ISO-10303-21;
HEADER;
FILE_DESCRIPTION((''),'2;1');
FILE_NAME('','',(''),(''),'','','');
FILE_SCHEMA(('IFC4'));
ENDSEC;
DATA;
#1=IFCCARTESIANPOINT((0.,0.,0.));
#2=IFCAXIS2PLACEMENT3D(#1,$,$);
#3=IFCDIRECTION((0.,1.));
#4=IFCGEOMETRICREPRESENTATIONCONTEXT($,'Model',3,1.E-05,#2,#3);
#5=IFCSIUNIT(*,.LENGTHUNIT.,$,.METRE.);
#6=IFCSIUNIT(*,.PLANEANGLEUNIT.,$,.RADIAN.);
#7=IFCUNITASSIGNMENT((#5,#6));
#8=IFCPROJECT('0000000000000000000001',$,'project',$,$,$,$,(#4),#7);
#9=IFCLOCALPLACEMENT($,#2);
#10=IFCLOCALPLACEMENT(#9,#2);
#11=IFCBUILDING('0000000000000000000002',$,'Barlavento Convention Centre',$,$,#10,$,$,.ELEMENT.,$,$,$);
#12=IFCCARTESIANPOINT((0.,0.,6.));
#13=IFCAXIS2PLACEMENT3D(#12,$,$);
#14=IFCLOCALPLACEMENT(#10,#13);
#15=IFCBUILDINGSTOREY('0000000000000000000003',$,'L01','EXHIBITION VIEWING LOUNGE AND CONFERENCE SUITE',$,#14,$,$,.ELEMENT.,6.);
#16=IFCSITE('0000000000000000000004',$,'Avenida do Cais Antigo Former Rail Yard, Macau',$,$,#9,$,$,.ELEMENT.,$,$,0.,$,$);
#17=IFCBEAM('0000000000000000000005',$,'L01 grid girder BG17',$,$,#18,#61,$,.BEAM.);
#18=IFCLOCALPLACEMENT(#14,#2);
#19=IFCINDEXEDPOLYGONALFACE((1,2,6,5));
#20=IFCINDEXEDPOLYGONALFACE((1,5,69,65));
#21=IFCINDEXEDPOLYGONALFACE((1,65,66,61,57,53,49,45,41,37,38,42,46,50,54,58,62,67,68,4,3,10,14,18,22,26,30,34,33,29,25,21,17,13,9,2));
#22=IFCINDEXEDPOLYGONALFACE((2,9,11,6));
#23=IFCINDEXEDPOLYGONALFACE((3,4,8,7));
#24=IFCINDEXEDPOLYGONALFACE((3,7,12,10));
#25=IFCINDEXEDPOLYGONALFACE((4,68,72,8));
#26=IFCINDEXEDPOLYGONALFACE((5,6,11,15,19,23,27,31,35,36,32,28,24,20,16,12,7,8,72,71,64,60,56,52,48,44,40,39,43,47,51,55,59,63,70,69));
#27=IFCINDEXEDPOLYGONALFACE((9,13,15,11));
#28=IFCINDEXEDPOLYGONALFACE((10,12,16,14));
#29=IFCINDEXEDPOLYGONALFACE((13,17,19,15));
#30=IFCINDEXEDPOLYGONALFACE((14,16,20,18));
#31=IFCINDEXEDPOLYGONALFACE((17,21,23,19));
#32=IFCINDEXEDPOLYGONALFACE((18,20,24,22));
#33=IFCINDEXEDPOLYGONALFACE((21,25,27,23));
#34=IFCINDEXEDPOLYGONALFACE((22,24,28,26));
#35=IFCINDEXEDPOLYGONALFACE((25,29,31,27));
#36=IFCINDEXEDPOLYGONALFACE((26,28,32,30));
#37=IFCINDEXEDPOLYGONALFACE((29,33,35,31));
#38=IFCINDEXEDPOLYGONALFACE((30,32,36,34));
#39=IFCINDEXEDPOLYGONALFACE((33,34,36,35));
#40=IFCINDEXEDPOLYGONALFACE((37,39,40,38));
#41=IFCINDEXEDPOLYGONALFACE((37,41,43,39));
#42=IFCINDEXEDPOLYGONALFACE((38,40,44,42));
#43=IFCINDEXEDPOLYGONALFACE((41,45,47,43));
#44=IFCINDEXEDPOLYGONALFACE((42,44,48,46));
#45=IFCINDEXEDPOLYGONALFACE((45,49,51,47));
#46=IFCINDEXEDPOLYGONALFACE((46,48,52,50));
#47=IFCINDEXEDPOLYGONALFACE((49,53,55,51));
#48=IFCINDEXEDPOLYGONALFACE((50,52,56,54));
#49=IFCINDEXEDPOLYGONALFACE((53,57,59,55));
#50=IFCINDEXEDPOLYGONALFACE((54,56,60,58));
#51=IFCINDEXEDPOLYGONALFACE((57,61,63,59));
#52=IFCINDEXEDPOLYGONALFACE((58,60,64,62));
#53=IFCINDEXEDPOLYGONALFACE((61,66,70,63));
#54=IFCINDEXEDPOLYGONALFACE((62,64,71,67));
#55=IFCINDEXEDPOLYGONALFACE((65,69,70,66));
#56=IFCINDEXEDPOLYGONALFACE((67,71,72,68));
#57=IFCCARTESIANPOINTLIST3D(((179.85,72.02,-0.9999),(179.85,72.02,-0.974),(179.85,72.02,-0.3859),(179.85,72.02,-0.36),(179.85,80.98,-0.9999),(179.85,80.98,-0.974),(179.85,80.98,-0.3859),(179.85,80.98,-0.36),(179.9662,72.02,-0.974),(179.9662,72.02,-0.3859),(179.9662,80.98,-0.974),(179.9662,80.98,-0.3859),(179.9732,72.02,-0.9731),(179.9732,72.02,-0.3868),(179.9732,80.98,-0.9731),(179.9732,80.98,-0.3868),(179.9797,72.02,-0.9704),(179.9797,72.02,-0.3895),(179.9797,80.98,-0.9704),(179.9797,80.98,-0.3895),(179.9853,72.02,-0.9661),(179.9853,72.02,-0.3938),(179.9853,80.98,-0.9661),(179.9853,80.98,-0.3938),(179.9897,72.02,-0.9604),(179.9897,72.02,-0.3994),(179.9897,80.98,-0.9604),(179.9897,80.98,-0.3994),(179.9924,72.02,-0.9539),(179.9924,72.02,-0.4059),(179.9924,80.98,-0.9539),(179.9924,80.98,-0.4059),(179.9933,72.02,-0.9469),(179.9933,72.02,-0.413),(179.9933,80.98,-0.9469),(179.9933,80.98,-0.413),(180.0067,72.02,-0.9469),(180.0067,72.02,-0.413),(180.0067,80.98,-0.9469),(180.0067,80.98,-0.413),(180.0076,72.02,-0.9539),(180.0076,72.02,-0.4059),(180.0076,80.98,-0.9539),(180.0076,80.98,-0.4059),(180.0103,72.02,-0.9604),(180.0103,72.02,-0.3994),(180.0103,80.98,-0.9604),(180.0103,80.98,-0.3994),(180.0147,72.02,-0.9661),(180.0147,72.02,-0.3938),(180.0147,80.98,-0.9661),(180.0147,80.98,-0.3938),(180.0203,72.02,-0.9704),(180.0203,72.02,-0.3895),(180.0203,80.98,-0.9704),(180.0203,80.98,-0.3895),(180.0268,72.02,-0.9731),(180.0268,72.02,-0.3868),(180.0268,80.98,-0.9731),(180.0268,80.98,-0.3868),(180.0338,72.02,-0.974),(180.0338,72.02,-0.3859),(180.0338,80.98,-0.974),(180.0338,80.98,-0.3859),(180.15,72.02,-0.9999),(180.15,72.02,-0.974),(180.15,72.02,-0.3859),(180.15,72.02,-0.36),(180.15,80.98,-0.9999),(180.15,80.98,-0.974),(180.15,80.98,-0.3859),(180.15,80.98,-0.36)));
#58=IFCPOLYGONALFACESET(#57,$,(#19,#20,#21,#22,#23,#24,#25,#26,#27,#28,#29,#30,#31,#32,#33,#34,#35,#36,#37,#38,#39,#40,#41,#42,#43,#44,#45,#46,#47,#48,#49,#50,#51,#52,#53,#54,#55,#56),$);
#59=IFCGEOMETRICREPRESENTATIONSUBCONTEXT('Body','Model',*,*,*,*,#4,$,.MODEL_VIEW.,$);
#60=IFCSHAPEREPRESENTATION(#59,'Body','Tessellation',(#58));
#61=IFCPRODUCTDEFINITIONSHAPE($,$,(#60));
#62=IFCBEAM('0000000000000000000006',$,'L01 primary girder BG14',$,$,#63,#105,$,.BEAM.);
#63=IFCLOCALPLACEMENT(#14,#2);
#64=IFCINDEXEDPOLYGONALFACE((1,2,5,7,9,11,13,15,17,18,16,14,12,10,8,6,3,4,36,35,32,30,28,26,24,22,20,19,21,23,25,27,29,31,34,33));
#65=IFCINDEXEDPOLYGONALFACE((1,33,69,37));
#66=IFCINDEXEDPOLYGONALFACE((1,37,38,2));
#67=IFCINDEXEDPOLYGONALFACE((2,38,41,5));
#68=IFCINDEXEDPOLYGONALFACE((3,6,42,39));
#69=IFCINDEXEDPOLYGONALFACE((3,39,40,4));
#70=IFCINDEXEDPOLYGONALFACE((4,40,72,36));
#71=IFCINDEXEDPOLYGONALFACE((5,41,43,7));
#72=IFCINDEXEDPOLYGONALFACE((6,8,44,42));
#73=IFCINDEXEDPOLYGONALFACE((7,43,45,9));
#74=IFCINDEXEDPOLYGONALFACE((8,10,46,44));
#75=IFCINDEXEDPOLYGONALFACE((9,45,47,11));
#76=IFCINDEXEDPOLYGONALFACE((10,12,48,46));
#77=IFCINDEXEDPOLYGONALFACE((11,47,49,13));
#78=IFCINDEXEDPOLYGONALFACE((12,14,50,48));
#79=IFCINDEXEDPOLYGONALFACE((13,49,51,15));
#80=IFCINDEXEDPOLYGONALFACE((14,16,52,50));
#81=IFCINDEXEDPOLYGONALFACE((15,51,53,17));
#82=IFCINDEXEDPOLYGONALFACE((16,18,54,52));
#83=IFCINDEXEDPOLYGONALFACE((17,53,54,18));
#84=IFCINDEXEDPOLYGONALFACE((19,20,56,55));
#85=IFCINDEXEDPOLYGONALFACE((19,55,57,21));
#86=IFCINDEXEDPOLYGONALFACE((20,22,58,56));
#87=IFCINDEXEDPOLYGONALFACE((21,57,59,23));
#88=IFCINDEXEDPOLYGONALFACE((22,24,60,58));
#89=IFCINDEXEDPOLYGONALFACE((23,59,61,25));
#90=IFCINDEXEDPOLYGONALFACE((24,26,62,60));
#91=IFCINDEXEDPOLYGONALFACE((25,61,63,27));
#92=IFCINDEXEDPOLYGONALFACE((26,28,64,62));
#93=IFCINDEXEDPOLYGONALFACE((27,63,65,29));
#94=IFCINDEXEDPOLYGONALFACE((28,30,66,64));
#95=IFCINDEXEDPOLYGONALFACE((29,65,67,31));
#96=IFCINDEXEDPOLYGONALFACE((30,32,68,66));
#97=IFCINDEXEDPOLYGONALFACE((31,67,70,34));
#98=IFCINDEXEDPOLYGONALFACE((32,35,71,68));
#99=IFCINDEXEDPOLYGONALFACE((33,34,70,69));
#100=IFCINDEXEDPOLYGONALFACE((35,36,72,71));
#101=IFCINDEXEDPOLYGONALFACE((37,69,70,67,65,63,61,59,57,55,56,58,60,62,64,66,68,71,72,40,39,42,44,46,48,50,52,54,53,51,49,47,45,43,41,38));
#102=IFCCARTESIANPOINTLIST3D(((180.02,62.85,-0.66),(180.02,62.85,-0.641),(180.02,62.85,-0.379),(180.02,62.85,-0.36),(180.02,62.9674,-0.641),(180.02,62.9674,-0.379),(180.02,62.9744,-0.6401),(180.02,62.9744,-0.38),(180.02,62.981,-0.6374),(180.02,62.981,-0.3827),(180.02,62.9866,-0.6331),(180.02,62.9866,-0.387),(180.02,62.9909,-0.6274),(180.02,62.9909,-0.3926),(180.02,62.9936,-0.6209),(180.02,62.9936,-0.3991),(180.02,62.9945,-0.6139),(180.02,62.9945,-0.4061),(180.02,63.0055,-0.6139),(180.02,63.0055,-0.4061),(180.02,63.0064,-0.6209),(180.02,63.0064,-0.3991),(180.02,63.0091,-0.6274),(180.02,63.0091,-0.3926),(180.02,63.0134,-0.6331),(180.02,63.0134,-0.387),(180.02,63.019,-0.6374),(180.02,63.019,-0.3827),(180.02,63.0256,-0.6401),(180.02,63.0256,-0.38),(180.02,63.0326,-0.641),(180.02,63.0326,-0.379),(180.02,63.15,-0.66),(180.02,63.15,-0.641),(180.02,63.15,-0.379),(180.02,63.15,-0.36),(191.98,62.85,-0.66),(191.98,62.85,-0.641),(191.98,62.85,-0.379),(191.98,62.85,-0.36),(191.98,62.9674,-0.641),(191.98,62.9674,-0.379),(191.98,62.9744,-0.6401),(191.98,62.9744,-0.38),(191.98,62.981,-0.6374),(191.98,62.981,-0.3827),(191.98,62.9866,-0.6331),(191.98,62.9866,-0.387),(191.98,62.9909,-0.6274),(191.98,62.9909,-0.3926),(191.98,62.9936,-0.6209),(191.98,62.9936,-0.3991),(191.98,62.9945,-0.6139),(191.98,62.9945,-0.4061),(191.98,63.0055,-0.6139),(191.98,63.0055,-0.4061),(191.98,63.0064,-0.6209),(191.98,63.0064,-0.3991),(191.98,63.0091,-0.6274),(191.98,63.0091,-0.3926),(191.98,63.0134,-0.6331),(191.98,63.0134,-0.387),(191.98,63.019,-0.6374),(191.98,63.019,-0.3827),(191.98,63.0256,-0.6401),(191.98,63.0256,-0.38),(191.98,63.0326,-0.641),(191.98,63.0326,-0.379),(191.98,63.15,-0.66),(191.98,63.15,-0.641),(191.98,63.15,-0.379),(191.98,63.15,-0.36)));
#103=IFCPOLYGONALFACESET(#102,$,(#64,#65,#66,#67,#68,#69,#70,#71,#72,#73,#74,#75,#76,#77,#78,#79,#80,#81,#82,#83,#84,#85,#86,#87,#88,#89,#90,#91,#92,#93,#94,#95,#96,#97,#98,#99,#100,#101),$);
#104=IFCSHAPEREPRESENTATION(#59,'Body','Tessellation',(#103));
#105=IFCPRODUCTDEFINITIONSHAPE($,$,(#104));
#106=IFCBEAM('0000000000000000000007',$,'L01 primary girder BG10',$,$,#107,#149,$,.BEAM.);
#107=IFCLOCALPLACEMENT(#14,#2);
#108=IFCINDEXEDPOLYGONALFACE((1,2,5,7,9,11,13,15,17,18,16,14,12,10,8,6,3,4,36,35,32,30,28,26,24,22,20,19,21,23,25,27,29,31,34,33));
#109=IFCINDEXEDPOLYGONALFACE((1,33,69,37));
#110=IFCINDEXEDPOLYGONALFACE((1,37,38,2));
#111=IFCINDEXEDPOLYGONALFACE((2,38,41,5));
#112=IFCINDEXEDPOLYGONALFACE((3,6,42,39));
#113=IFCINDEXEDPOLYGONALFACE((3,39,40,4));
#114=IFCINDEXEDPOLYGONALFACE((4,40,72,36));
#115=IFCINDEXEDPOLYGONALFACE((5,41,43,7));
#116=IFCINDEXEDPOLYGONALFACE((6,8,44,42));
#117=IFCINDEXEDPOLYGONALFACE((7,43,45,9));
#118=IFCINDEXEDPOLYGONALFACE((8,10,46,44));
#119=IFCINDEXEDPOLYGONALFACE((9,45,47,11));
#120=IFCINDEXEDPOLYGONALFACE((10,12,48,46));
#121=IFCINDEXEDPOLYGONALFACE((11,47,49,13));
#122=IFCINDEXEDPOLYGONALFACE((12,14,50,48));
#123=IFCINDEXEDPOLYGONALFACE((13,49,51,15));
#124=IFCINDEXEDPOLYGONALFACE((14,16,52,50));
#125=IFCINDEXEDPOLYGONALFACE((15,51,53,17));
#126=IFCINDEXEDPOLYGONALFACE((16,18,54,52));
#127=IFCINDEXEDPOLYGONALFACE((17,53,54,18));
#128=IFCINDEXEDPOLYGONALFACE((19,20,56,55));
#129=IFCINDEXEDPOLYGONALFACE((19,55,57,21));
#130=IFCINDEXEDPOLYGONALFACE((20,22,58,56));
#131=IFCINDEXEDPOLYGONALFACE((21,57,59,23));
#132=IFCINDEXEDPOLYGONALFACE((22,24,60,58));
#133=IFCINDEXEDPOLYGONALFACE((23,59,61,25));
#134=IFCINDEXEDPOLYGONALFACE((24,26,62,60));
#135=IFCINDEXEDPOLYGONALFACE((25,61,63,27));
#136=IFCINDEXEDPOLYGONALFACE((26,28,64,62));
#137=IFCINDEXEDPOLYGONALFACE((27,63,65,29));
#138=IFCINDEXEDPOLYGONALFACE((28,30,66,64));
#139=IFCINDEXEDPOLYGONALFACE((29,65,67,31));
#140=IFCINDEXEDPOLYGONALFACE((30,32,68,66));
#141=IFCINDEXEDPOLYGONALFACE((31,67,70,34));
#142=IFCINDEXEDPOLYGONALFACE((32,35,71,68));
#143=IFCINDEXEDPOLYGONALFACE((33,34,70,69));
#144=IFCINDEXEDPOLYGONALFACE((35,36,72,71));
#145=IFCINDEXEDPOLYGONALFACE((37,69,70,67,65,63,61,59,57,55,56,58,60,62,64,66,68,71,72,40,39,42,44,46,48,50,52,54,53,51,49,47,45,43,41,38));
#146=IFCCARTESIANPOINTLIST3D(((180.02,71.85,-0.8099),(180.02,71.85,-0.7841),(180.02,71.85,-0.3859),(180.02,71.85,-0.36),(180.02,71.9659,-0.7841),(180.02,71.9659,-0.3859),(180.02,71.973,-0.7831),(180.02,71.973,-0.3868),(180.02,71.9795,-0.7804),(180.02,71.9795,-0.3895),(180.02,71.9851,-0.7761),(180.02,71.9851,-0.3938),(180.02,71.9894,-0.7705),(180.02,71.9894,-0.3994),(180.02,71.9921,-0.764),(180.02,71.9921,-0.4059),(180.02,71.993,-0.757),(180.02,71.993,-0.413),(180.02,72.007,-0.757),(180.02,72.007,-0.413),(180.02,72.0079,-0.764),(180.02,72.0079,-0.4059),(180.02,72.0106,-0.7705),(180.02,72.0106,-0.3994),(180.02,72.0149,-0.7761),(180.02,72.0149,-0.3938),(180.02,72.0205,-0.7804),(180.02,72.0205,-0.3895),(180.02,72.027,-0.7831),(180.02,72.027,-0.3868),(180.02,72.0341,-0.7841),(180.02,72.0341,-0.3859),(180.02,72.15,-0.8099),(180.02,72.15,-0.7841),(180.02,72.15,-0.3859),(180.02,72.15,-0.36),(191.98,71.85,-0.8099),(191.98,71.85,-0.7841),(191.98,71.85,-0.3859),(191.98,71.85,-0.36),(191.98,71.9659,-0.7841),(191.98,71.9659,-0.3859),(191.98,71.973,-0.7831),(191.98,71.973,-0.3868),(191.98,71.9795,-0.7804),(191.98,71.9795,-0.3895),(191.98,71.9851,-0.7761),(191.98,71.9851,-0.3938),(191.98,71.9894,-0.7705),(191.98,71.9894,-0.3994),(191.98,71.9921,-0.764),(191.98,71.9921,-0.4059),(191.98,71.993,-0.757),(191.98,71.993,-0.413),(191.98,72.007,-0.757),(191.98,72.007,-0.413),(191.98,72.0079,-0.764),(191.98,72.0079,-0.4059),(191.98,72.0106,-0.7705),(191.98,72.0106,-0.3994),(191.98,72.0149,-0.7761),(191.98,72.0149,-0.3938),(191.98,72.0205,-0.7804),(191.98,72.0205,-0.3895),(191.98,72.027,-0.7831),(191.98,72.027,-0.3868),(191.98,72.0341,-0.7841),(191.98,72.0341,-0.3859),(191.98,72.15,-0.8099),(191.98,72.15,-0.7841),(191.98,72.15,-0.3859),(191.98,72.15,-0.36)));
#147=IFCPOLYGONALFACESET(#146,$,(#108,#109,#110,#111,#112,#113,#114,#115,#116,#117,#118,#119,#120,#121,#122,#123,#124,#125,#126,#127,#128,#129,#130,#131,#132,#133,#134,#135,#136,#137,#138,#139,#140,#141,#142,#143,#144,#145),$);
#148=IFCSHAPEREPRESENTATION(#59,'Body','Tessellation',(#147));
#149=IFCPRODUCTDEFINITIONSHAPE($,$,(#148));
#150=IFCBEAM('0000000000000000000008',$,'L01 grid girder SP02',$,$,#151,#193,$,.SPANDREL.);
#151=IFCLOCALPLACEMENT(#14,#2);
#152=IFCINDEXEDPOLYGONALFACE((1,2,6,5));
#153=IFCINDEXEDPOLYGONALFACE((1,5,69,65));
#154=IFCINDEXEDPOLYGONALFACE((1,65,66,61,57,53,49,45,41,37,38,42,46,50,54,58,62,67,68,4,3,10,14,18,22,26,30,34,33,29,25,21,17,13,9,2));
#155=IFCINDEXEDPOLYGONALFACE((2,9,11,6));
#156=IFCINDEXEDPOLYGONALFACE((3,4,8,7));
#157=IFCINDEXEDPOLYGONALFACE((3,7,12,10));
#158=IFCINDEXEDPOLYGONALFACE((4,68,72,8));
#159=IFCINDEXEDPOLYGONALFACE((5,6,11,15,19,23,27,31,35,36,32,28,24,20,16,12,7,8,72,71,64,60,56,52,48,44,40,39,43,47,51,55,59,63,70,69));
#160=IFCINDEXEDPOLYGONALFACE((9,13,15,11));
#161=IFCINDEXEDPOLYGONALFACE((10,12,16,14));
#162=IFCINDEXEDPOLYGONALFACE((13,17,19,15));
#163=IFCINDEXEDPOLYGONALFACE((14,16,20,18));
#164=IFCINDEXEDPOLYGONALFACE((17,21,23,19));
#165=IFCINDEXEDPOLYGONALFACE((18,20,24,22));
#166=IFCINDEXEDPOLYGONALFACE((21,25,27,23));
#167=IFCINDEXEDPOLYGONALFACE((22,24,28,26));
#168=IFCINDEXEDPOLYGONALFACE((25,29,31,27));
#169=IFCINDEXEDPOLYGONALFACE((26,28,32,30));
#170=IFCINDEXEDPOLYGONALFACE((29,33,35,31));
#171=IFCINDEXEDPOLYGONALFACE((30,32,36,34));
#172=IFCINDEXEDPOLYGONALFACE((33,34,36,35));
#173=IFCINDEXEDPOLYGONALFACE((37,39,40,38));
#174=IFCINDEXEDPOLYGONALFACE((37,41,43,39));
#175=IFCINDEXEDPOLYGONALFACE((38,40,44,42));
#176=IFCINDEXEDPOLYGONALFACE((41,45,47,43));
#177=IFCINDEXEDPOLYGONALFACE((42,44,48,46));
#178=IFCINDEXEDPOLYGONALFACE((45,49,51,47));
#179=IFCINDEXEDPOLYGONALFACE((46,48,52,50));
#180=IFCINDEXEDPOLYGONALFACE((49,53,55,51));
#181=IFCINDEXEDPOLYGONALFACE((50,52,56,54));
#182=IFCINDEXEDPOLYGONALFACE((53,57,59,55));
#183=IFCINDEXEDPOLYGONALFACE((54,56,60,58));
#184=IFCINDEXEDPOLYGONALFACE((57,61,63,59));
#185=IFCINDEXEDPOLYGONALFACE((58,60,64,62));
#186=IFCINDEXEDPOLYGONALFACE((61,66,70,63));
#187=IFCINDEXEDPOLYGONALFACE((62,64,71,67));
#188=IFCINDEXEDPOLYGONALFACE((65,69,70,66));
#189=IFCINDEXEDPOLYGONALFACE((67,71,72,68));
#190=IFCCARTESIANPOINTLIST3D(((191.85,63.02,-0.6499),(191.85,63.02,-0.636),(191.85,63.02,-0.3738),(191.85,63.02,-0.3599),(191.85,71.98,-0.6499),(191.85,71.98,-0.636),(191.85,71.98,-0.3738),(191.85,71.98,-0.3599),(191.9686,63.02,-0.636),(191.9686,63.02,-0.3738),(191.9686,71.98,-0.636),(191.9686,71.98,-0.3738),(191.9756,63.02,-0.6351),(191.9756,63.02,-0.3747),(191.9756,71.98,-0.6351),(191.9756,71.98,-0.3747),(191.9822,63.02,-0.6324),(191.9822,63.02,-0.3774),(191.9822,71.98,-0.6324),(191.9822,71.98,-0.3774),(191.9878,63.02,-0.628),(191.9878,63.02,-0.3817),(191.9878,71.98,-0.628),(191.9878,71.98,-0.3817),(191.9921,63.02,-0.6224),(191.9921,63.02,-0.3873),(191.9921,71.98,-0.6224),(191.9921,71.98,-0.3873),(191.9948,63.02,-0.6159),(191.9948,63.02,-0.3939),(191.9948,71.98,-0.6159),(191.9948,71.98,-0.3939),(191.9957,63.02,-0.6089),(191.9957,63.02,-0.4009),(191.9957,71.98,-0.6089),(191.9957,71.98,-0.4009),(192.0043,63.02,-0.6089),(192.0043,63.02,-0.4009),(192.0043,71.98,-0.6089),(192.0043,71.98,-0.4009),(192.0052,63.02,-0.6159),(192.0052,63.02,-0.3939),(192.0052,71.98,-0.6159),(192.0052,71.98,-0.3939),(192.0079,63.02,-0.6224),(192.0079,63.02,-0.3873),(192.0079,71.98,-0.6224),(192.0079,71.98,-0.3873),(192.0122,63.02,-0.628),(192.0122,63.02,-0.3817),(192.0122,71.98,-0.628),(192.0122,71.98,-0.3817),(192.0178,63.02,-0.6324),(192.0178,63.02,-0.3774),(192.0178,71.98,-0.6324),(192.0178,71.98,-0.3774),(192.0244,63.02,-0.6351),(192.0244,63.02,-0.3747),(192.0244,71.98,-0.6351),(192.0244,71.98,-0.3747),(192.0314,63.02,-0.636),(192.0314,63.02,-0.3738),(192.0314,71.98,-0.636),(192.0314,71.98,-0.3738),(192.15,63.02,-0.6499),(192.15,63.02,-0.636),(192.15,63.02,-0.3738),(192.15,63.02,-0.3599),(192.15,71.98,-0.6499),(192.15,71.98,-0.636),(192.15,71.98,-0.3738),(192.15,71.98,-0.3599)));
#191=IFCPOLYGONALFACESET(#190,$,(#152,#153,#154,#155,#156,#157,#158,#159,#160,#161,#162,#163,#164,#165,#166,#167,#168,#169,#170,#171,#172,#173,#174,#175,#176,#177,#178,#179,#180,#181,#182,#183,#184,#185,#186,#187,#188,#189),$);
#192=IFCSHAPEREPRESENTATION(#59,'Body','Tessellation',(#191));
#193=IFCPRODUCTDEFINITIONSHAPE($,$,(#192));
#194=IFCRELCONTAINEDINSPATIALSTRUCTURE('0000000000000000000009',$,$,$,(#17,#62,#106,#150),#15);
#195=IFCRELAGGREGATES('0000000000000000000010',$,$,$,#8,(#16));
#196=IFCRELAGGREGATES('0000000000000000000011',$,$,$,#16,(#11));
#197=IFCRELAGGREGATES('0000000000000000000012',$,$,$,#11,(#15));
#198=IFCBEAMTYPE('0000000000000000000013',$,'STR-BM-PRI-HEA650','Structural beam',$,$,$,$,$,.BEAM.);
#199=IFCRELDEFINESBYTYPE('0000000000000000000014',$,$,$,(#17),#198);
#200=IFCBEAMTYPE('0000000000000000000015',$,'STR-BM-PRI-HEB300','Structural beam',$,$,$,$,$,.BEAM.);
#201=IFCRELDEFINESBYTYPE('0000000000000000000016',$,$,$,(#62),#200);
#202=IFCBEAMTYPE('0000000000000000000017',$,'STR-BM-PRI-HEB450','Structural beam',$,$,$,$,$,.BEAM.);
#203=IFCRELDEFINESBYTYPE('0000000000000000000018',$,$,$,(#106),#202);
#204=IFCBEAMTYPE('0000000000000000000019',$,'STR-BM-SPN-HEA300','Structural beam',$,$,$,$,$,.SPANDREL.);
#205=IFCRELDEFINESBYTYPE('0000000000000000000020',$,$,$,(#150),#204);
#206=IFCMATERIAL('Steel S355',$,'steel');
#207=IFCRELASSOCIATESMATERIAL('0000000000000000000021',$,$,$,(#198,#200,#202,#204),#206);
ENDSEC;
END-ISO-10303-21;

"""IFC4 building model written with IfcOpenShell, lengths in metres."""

from ifc_helpers import new_model, si_unit, direction, frame, origin, origin_2d, place, context, subcontext, project, spatial, i_section, extrude, material, material_profile, profile_set, type_object, element, save


model = new_model("IFC4")

# Units and contexts
model_context = context("Model", 3, precision=1e-05, world=origin(), true_north=direction((0.0, 1.0)))
body_context = subcontext(model_context, "Body", "Model", "MODEL_VIEW")
ifc_project = project(units=[si_unit("LENGTHUNIT", "METRE"), si_unit("PLANEANGLEUNIT", "RADIAN")], contexts=[model_context])

# Site, building, storey
site_placement = place(None, origin())
site = spatial("IfcSite", under=ifc_project, at=site_placement, Name="Avenida do Cais Antigo Former Rail Yard, Macau", CompositionType="ELEMENT", RefElevation=0.0)
building_placement = place(site_placement, origin())
building = spatial("IfcBuilding", under=site, at=building_placement, Name="Barlavento Convention Centre", CompositionType="ELEMENT")
storey_placement = place(building_placement, frame((0.0, 0.0, 6.0)))
storey = spatial("IfcBuildingStorey", under=building, at=storey_placement, Name="L01", Description="EXHIBITION VIEWING LOUNGE AND CONFERENCE SUITE", CompositionType="ELEMENT", Elevation=6.0)

# Shared definitions
ifc_material_1 = material(Name="Steel S355", Category="steel")

# Beams
ifc_material_profile_1 = material_profile(ifc_material_1, i_section(OverallWidth=0.3, OverallDepth=0.6399, WebThickness=0.0134, FlangeThickness=0.0259, FilletRadius=0.0271, at=origin_2d()), Name="HEA 650")
ifc_profile_set_1 = profile_set([ifc_material_profile_1], Name="Steel S355")
beam_type_1 = type_object("IfcBeamType", Name="STR-BM-PRI-HEA650", Description="Structural beam", PredefinedType="BEAM", material=ifc_profile_set_1)
beam_1_placement = place(storey_placement, frame((180.0, 72.02, -0.6799), z_axis=(0.0, 1.0, 0.0), x_axis=(-1.0, 0.0, 0.0)))
element("IfcBeam", 1, at=beam_1_placement, inside=storey, type_object=beam_type_1, Name="L01 grid girder BG17", PredefinedType="BEAM", context=body_context, shape_type="SweptSolid", body=[
    extrude(i_section(OverallWidth=0.3, OverallDepth=0.6399, WebThickness=0.0134, FlangeThickness=0.0259, FilletRadius=0.0271, at=origin_2d()), origin(), (0.0, 0.0, 1.0), 8.96),
])
ifc_material_profile_2 = material_profile(ifc_material_1, i_section(OverallWidth=0.3, OverallDepth=0.3, WebThickness=0.011, FlangeThickness=0.019, FilletRadius=0.0271, at=origin_2d()), Name="HEB 300")
ifc_profile_set_2 = profile_set([ifc_material_profile_2], Name="Steel S355")
beam_type_2 = type_object("IfcBeamType", Name="STR-BM-PRI-HEB300", Description="Structural beam", PredefinedType="BEAM", material=ifc_profile_set_2)
beam_2_placement = place(storey_placement, frame((180.02, 63.0, -0.51), z_axis=(1.0, 0.0, 0.0), x_axis=(0.0, 1.0, 0.0)))
element("IfcBeam", 2, at=beam_2_placement, inside=storey, type_object=beam_type_2, Name="L01 primary girder BG14", PredefinedType="BEAM", context=body_context, shape_type="SweptSolid", body=[
    extrude(i_section(OverallWidth=0.3, OverallDepth=0.3, WebThickness=0.011, FlangeThickness=0.019, FilletRadius=0.0271, at=origin_2d()), origin(), (0.0, 0.0, 1.0), 11.96),
])
ifc_material_profile_3 = material_profile(ifc_material_1, i_section(OverallWidth=0.3, OverallDepth=0.45, WebThickness=0.0139, FlangeThickness=0.0259, FilletRadius=0.0271, at=origin_2d()), Name="HEB 450")
ifc_profile_set_3 = profile_set([ifc_material_profile_3], Name="Steel S355")
beam_type_3 = type_object("IfcBeamType", Name="STR-BM-PRI-HEB450", Description="Structural beam", PredefinedType="BEAM", material=ifc_profile_set_3)
beam_3_placement = place(storey_placement, frame((180.02, 72.0, -0.585), z_axis=(1.0, 0.0, 0.0), x_axis=(0.0, 1.0, 0.0)))
element("IfcBeam", 3, at=beam_3_placement, inside=storey, type_object=beam_type_3, Name="L01 primary girder BG10", PredefinedType="BEAM", context=body_context, shape_type="SweptSolid", body=[
    extrude(i_section(OverallWidth=0.3, OverallDepth=0.45, WebThickness=0.0139, FlangeThickness=0.0259, FilletRadius=0.0271, at=origin_2d()), origin(), (0.0, 0.0, 1.0), 11.96),
])
ifc_material_profile_4 = material_profile(ifc_material_1, i_section(OverallWidth=0.3, OverallDepth=0.29, WebThickness=0.0085, FlangeThickness=0.0139, FilletRadius=0.0271, at=origin_2d()), Name="HEA 300")
ifc_profile_set_4 = profile_set([ifc_material_profile_4], Name="Steel S355")
beam_type_4 = type_object("IfcBeamType", Name="STR-BM-SPN-HEA300", Description="Structural beam", PredefinedType="SPANDREL", material=ifc_profile_set_4)
beam_4_placement = place(storey_placement, frame((192.0, 63.02, -0.5049), z_axis=(0.0, 1.0, 0.0), x_axis=(-1.0, 0.0, 0.0)))
element("IfcBeam", 4, at=beam_4_placement, inside=storey, type_object=beam_type_4, Name="L01 grid girder SP02", PredefinedType="SPANDREL", context=body_context, shape_type="SweptSolid", body=[
    extrude(i_section(OverallWidth=0.3, OverallDepth=0.29, WebThickness=0.0085, FlangeThickness=0.0139, FilletRadius=0.0271, at=origin_2d()), origin(), (0.0, 0.0, 1.0), 8.96),
])

save(model, "model.ifc")
